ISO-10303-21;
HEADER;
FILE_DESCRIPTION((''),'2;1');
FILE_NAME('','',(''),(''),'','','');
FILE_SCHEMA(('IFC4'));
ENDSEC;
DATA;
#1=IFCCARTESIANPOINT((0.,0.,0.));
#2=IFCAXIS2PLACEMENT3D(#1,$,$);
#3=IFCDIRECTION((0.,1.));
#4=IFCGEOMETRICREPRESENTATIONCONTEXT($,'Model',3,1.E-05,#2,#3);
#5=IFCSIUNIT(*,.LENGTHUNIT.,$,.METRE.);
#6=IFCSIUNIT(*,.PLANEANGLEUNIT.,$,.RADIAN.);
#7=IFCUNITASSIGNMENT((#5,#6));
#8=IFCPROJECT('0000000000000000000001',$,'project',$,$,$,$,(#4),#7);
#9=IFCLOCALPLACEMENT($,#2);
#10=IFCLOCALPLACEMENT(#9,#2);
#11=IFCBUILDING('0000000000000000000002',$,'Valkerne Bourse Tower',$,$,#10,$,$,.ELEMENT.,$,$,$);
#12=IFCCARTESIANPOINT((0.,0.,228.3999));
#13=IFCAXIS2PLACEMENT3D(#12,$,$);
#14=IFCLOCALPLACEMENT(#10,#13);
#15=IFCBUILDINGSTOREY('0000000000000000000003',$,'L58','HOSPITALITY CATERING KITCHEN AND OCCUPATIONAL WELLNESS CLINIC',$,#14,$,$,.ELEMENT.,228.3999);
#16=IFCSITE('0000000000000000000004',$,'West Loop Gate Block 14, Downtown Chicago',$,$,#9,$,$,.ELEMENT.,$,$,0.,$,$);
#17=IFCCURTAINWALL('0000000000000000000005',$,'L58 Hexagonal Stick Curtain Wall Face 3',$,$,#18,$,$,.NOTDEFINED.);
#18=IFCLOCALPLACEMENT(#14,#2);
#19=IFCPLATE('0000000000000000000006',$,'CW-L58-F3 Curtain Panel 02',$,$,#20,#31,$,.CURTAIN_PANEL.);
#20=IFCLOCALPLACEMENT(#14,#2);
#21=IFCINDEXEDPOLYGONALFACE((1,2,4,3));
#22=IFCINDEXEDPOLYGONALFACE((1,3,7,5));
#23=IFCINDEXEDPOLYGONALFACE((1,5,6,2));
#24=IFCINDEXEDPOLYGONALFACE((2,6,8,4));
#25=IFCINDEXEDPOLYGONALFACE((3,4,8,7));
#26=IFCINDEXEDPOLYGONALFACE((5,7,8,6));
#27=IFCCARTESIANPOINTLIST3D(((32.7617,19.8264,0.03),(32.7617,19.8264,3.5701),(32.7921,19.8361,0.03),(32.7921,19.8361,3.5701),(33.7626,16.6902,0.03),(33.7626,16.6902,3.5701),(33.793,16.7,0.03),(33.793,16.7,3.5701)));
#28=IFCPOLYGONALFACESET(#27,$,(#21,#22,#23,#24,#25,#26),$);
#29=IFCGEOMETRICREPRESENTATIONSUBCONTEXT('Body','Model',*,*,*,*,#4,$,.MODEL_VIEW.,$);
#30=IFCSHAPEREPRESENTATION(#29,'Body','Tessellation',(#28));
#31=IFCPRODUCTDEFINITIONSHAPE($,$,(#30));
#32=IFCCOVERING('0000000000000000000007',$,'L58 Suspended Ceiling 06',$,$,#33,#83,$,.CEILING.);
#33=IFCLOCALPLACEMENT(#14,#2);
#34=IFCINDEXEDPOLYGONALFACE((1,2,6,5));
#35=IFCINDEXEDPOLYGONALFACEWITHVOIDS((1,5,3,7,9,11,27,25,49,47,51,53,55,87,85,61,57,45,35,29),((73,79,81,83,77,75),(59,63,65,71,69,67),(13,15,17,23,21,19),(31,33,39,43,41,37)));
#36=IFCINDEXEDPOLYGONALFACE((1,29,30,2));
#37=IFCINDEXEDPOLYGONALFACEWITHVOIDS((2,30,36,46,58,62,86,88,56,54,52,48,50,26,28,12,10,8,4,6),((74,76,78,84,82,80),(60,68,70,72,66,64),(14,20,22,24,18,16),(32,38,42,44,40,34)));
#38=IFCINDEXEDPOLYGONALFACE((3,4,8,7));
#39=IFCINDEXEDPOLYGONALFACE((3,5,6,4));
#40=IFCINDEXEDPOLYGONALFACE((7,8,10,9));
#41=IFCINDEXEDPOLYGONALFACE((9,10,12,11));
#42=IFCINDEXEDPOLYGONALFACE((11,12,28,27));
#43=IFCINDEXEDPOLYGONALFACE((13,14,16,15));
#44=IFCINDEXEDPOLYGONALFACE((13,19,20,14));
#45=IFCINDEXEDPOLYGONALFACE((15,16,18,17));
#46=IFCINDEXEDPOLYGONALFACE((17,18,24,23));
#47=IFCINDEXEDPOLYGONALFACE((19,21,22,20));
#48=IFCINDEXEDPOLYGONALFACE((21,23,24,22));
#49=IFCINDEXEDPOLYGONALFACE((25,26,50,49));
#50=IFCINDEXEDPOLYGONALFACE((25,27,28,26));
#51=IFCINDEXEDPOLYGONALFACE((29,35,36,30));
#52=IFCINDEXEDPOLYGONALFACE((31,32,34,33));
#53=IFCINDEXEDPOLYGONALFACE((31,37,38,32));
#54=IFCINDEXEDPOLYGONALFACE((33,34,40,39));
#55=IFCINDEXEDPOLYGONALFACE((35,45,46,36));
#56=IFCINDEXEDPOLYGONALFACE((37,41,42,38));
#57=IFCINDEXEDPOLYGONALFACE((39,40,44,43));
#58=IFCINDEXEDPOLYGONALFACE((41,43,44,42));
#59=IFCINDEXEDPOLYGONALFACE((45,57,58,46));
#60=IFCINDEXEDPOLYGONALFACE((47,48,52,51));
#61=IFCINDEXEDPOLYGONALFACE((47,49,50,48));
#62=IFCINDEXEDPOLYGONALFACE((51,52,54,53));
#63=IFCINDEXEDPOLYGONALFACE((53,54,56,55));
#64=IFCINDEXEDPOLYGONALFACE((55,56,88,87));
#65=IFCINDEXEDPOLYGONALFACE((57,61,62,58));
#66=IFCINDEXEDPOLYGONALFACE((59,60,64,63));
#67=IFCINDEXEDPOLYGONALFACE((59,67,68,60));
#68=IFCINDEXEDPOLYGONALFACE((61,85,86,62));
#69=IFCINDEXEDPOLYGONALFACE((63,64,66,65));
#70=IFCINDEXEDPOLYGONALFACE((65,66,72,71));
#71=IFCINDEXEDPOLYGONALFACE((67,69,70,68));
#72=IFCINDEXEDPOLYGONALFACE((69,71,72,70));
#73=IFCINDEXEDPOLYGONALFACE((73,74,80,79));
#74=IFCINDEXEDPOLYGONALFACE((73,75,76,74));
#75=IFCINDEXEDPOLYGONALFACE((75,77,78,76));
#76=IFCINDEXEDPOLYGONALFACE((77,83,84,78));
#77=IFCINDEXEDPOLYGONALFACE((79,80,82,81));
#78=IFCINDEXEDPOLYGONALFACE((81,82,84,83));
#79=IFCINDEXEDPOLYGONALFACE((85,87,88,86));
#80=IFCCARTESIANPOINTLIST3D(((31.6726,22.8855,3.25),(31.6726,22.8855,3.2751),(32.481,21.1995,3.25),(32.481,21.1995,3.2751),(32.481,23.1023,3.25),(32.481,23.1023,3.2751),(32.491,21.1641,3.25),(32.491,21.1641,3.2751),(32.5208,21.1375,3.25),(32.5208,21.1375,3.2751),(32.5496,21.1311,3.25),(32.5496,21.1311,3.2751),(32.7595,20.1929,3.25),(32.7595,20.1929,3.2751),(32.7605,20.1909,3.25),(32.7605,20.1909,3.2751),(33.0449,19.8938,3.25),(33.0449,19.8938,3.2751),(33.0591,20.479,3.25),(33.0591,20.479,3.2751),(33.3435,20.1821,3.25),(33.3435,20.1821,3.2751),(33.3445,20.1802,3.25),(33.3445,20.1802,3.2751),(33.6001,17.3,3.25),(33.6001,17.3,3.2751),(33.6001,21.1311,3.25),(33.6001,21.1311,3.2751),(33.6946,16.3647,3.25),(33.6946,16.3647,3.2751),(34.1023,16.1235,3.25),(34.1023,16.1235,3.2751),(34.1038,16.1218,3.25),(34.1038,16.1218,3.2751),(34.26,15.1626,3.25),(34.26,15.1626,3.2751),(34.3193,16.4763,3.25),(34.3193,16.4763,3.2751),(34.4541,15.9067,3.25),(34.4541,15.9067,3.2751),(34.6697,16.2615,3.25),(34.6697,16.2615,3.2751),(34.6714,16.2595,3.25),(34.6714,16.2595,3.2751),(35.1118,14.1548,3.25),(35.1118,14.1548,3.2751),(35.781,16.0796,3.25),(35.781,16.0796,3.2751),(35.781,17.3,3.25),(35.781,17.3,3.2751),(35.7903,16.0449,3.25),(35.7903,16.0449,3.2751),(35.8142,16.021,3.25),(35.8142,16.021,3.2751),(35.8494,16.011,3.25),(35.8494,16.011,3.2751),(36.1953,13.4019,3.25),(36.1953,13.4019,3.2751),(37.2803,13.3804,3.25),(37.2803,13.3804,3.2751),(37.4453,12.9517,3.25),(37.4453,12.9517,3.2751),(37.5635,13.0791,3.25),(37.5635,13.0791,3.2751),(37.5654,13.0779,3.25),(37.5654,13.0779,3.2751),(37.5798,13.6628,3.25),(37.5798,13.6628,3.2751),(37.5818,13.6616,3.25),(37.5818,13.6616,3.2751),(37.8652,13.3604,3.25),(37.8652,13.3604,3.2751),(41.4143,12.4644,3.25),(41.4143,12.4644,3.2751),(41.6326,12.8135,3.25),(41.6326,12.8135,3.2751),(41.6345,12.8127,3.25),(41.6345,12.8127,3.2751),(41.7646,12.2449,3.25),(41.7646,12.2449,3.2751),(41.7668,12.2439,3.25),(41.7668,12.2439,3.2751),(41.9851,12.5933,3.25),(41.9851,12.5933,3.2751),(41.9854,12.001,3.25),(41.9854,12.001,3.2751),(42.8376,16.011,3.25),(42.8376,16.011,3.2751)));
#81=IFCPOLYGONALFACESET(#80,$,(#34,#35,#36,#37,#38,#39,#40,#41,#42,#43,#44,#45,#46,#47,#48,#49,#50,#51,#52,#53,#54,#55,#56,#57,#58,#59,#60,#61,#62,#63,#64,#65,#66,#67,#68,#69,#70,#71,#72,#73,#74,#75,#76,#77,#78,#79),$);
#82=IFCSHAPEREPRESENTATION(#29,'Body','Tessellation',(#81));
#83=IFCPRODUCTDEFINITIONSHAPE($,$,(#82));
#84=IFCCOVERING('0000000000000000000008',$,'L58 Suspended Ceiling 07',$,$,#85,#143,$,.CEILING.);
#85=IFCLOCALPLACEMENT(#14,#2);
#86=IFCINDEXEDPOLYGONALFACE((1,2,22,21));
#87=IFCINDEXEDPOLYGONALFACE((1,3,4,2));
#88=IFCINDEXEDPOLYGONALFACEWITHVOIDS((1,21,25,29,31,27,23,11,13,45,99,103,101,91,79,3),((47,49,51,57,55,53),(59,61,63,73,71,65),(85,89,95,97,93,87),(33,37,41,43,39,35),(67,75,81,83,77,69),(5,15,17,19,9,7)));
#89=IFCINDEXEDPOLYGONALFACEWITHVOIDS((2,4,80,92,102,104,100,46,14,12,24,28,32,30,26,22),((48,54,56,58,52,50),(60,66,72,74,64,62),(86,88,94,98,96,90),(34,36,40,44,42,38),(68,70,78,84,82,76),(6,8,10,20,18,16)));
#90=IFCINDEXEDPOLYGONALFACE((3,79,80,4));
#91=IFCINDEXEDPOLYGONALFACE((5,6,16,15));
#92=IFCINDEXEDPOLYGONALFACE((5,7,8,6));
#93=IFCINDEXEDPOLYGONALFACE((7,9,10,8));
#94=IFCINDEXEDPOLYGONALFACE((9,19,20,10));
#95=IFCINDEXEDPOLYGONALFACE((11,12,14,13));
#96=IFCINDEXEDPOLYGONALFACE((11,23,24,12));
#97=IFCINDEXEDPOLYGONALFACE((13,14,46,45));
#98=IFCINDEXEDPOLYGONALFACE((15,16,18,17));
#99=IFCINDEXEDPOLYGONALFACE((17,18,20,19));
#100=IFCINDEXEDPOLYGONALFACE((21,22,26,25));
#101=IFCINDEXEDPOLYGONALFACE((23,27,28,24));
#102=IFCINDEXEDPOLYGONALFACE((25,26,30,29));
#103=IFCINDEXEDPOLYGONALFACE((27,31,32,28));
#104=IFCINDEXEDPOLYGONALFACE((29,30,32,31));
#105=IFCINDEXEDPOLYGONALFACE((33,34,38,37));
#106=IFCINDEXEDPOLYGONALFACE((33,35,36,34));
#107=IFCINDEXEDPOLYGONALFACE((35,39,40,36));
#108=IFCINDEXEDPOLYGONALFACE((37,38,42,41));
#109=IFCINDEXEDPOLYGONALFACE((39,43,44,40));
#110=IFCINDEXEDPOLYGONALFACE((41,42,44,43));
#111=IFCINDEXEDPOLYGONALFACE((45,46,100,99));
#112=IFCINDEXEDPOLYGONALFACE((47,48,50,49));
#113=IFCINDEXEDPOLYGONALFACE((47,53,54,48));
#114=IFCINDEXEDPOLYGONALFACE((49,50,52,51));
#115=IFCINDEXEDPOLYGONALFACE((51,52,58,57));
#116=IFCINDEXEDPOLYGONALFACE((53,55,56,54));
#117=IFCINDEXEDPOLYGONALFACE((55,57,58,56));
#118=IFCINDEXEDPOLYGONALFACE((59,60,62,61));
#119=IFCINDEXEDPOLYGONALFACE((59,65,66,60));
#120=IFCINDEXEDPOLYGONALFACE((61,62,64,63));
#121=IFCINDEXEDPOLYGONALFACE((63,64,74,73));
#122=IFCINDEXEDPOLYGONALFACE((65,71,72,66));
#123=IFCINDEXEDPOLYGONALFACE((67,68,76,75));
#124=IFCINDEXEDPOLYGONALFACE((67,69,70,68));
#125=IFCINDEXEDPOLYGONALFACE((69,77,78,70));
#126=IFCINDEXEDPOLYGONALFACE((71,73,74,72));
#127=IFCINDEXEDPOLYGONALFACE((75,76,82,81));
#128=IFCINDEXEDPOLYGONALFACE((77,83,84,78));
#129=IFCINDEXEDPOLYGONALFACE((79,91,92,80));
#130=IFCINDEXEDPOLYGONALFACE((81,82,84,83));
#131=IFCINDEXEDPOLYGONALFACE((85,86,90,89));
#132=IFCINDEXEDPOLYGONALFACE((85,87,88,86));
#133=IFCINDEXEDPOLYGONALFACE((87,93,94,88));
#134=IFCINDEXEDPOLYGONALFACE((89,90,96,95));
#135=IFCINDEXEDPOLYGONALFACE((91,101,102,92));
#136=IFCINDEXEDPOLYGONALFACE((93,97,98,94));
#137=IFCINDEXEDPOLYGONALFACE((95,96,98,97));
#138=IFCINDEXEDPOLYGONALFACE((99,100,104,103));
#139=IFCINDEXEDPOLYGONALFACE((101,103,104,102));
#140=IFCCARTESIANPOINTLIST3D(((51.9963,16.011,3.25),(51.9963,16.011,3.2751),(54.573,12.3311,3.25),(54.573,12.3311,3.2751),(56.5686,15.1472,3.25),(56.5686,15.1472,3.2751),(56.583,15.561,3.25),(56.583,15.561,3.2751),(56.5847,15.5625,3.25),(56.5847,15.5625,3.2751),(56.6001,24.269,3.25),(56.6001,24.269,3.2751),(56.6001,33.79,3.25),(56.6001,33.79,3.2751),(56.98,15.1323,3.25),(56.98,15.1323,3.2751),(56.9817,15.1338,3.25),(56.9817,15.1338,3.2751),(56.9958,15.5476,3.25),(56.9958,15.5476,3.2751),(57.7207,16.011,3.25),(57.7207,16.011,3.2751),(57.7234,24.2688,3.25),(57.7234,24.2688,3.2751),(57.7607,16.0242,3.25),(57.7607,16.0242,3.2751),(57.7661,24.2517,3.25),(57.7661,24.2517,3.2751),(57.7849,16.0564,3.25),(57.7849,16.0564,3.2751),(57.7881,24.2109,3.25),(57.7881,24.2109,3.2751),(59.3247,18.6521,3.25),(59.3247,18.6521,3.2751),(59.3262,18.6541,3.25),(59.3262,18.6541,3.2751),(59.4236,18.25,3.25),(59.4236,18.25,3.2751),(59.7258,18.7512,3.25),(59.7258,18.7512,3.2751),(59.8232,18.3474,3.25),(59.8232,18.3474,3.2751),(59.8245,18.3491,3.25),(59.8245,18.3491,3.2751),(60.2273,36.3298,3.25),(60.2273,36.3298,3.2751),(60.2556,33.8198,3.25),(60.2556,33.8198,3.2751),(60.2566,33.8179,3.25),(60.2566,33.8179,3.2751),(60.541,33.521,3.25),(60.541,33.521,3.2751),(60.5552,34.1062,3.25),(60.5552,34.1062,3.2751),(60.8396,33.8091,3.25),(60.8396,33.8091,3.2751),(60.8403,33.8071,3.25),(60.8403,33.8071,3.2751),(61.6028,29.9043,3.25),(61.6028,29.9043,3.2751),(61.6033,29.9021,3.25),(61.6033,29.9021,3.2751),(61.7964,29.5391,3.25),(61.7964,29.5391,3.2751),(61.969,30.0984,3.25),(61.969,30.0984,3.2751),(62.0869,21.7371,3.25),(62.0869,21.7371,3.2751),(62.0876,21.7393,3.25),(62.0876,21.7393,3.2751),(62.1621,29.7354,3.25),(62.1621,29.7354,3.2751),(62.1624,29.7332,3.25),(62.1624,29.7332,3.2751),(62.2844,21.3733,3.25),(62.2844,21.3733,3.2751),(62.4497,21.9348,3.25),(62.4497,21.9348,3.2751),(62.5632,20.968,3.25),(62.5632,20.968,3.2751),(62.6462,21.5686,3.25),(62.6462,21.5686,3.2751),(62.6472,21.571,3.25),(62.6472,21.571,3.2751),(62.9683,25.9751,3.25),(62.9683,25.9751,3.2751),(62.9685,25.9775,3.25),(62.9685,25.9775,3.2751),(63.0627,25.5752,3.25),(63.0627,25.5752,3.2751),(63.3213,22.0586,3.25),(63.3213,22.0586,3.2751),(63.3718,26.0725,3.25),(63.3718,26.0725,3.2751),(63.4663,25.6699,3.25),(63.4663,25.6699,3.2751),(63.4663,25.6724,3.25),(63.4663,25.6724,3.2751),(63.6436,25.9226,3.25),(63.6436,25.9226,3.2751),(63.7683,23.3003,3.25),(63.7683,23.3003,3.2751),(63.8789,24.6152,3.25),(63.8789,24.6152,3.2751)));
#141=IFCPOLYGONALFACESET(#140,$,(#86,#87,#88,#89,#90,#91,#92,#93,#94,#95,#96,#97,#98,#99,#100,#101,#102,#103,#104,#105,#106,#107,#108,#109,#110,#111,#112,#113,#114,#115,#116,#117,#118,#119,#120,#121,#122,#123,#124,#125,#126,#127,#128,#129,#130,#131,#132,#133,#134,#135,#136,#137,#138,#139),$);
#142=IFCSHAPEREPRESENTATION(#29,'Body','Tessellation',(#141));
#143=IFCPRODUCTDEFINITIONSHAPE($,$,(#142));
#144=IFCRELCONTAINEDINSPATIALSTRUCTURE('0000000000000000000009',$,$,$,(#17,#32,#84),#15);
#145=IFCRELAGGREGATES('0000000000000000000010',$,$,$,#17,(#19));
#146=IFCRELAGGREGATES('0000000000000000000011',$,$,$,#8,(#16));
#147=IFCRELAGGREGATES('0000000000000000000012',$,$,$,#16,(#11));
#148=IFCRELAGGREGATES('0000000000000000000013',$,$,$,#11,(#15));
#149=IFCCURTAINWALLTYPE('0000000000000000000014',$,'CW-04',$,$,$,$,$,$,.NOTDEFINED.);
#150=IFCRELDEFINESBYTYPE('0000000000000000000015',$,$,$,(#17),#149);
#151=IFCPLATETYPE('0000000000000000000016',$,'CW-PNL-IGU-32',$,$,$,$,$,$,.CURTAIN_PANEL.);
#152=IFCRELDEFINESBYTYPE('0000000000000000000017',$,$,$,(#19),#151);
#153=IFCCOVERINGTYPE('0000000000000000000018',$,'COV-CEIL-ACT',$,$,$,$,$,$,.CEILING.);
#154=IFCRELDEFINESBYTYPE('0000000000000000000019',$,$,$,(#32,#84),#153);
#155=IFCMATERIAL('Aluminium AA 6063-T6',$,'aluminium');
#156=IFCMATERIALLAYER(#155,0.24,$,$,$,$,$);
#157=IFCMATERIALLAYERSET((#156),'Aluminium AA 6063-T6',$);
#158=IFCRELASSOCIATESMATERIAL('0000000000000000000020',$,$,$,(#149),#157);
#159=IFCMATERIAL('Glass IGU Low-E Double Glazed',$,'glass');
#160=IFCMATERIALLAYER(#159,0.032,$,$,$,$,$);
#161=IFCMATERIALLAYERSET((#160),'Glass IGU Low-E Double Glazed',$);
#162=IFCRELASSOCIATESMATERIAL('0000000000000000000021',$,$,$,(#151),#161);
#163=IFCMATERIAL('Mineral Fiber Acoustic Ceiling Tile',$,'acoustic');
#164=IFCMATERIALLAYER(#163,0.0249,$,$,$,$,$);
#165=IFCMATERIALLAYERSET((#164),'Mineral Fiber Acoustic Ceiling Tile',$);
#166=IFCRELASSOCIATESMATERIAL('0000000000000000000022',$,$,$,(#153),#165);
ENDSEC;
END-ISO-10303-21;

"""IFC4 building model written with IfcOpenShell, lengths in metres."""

from ifc_helpers import new_model, si_unit, direction, frame, origin, origin_2d, place, context, subcontext, project, spatial, polyline, rectangle, outline, extrude, material, layer, layer_set, type_object, element, aggregate, save


model = new_model("IFC4")

# Units and contexts
model_context = context("Model", 3, precision=1e-05, world=origin(), true_north=direction((0.0, 1.0)))
body_context = subcontext(model_context, "Body", "Model", "MODEL_VIEW")
ifc_project = project(units=[si_unit("LENGTHUNIT", "METRE"), si_unit("PLANEANGLEUNIT", "RADIAN")], contexts=[model_context])

# Site, building, storey
site_placement = place(None, origin())
site = spatial("IfcSite", under=ifc_project, at=site_placement, Name="West Loop Gate Block 14, Downtown Chicago", CompositionType="ELEMENT", RefElevation=0.0)
building_placement = place(site_placement, origin())
building = spatial("IfcBuilding", under=site, at=building_placement, Name="Valkerne Bourse Tower", CompositionType="ELEMENT")
storey_placement = place(building_placement, frame((0.0, 0.0, 228.3999)))
storey = spatial("IfcBuildingStorey", under=building, at=storey_placement, Name="L58", Description="HOSPITALITY CATERING KITCHEN AND OCCUPATIONAL WELLNESS CLINIC", CompositionType="ELEMENT", Elevation=228.3999)

# Curtain wall
ifc_material_1 = material(Name="Aluminium AA 6063-T6", Category="aluminium")
ifc_layer_1 = layer(ifc_material_1, 0.24)
ifc_layer_set_1 = layer_set([ifc_layer_1], Name="Aluminium AA 6063-T6")
curtain_wall_type = type_object("IfcCurtainWallType", Name="CW-04", PredefinedType="NOTDEFINED", material=ifc_layer_set_1)
curtain_wall_placement = place(storey_placement, origin())
curtain_wall = element("IfcCurtainWall", 1, at=curtain_wall_placement, inside=storey, type_object=curtain_wall_type, Name="L58 Hexagonal Stick Curtain Wall Face 3", PredefinedType="NOTDEFINED")

# Plate
ifc_material_2 = material(Name="Glass IGU Low-E Double Glazed", Category="glass")
ifc_layer_2 = layer(ifc_material_2, 0.032)
ifc_layer_set_2 = layer_set([ifc_layer_2], Name="Glass IGU Low-E Double Glazed")
plate_type = type_object("IfcPlateType", Name="CW-PNL-IGU-32", PredefinedType="CURTAIN_PANEL", material=ifc_layer_set_2)
plate_placement = place(storey_placement, frame((33.2773, 18.2632, 0.03), z_axis=(0.0, 0.0, 1.0), x_axis=(0.304037, -0.95266, 0.0)))
plate = element("IfcPlate", 2, at=plate_placement, type_object=plate_type, Name="CW-L58-F3 Curtain Panel 02", PredefinedType="CURTAIN_PANEL", context=body_context, shape_type="SweptSolid", body=[
    extrude(rectangle(XDim=3.292, YDim=0.032, at=origin_2d()), origin(), (0.0, 0.0, 1.0), 3.54),
])
aggregate(curtain_wall, [plate])

# Coverings
ifc_material_3 = material(Name="Mineral Fiber Acoustic Ceiling Tile", Category="acoustic")
ifc_layer_3 = layer(ifc_material_3, 0.0249)
ifc_layer_set_3 = layer_set([ifc_layer_3], Name="Mineral Fiber Acoustic Ceiling Tile")
covering_type_1 = type_object("IfcCoveringType", Name="COV-CEIL-ACT", PredefinedType="CEILING", material=ifc_layer_set_3)
covering_1_placement = place(storey_placement, frame((0.0, 0.0, 3.25)))
element("IfcCovering", 3, at=covering_1_placement, inside=storey, type_object=covering_type_1, Name="L58 Suspended Ceiling 06", PredefinedType="CEILING", context=body_context, shape_type="SweptSolid", body=[
    extrude(outline(polyline([(35.1118, 14.1548), (34.26, 15.1626), (33.6946, 16.3647), (31.6726, 22.8855), (32.481, 23.1023), (32.481, 21.1995), (32.491, 21.1641), (32.5208, 21.1375), (32.5496, 21.1311), (33.6001, 21.1311), (33.6001, 17.3), (35.781, 17.3), (35.781, 16.0796), (35.7903, 16.0449), (35.8142, 16.021), (35.8494, 16.011), (42.8376, 16.011), (41.9854, 12.001), (37.4453, 12.9517), (36.1953, 13.4019), (35.1118, 14.1548)]), holes=[polyline([(41.6345, 12.8127), (41.6326, 12.8135), (41.4143, 12.4644), (41.7646, 12.2449), (41.7668, 12.2439), (41.9851, 12.5933), (41.6345, 12.8127)]), polyline([(37.5818, 13.6616), (37.5798, 13.6628), (37.2803, 13.3804), (37.5635, 13.0791), (37.5654, 13.0779), (37.8652, 13.3604), (37.5818, 13.6616)]), polyline([(34.6697, 16.2615), (34.3193, 16.4763), (34.1023, 16.1235), (34.1038, 16.1218), (34.4541, 15.9067), (34.6714, 16.2595), (34.6697, 16.2615)]), polyline([(33.3435, 20.1821), (33.0591, 20.479), (32.7595, 20.1929), (32.7605, 20.1909), (33.0449, 19.8938), (33.3445, 20.1802), (33.3435, 20.1821)])]), origin(), (0.0, 0.0, 1.0), 0.0251),
])
covering_2_placement = place(storey_placement, frame((0.0, 0.0, 3.25)))
element("IfcCovering", 4, at=covering_2_placement, inside=storey, type_object=covering_type_1, Name="L58 Suspended Ceiling 07", PredefinedType="CEILING", context=body_context, shape_type="SweptSolid", body=[
    extrude(outline(polyline([(63.3213, 22.0586), (62.5632, 20.968), (54.573, 12.3311), (51.9963, 16.011), (57.7207, 16.011), (57.7607, 16.0242), (57.7849, 16.0564), (57.7881, 24.2109), (57.7661, 24.2517), (57.7234, 24.2688), (56.6001, 24.269), (56.6001, 33.79), (60.2273, 36.3298), (63.6436, 25.9226), (63.8789, 24.6152), (63.7683, 23.3003), (63.3213, 22.0586)]), holes=[polyline([(56.9958, 15.5476), (56.5847, 15.5625), (56.583, 15.561), (56.5686, 15.1472), (56.98, 15.1323), (56.9817, 15.1338), (56.9958, 15.5476)]), polyline([(59.8245, 18.3491), (59.7258, 18.7512), (59.3262, 18.6541), (59.3247, 18.6521), (59.4236, 18.25), (59.8232, 18.3474), (59.8245, 18.3491)]), polyline([(62.6472, 21.571), (62.4497, 21.9348), (62.0876, 21.7393), (62.0869, 21.7371), (62.2844, 21.3733), (62.6462, 21.5686), (62.6472, 21.571)]), polyline([(63.4663, 25.6699), (63.4663, 25.6724), (63.3718, 26.0725), (62.9685, 25.9775), (62.9683, 25.9751), (63.0627, 25.5752), (63.4663, 25.6699)]), polyline([(62.1621, 29.7354), (61.969, 30.0984), (61.6028, 29.9043), (61.6033, 29.9021), (61.7964, 29.5391), (62.1624, 29.7332), (62.1621, 29.7354)]), polyline([(60.8396, 33.8091), (60.5552, 34.1062), (60.2556, 33.8198), (60.2566, 33.8179), (60.541, 33.521), (60.8403, 33.8071), (60.8396, 33.8091)])]), origin(), (0.0, 0.0, 1.0), 0.0251),
])

save(model, "model.ifc")
